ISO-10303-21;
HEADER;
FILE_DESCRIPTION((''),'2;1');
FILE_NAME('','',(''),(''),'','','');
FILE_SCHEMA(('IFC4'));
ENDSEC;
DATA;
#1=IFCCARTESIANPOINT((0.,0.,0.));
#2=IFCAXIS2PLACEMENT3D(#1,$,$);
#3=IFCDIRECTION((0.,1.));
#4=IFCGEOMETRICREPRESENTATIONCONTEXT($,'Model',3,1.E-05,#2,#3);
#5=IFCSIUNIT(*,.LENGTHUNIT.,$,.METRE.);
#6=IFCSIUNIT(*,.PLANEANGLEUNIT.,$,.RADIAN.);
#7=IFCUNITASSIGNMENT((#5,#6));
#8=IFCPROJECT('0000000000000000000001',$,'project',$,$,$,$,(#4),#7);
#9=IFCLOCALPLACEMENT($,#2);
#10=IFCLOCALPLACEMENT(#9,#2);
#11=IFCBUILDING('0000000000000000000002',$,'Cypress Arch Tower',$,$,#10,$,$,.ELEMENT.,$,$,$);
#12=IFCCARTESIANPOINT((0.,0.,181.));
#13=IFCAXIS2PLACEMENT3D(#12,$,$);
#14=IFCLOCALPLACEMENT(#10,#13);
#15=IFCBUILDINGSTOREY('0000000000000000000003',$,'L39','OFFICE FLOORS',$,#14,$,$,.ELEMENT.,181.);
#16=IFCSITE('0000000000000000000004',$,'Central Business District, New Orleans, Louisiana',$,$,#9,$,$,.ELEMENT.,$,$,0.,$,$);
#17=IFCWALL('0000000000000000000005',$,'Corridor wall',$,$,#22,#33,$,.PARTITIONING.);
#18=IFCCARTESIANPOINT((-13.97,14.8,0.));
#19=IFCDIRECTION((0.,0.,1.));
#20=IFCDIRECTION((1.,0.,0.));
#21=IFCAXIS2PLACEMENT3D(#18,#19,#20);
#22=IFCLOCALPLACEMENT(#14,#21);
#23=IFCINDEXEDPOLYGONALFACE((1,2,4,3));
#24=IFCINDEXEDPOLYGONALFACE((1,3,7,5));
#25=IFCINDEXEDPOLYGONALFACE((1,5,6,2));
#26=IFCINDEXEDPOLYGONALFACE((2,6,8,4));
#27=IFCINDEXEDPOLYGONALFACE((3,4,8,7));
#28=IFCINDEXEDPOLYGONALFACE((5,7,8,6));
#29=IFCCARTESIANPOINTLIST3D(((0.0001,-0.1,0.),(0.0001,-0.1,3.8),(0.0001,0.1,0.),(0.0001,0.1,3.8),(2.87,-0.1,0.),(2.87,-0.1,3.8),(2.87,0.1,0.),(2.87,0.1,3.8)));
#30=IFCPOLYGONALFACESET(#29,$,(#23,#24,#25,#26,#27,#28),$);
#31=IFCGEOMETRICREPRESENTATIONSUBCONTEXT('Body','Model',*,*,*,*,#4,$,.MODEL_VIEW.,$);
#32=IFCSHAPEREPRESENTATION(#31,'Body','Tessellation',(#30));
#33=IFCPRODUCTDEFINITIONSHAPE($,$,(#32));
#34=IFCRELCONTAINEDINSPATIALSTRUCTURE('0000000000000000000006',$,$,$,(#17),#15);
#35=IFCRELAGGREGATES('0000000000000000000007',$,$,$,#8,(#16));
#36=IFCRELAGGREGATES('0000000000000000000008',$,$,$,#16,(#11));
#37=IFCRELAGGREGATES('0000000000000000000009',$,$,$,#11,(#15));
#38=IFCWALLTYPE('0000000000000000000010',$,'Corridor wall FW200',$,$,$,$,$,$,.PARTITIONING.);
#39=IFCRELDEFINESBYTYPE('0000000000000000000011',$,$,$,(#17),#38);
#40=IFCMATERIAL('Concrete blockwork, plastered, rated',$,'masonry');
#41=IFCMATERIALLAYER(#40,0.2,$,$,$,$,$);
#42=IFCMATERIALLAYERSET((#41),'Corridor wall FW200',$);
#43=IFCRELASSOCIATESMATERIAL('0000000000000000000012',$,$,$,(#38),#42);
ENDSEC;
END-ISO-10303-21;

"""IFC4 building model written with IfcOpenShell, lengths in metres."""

from ifc_helpers import new_model, si_unit, direction, frame, frame_2d, origin, place, context, subcontext, project, spatial, rectangle, extrude, material, layer, layer_set, type_object, element, save


model = new_model("IFC4")

# Units and contexts
model_context = context("Model", 3, precision=1e-05, world=origin(), true_north=direction((0.0, 1.0)))
body_context = subcontext(model_context, "Body", "Model", "MODEL_VIEW")
ifc_project = project(units=[si_unit("LENGTHUNIT", "METRE"), si_unit("PLANEANGLEUNIT", "RADIAN")], contexts=[model_context])

# Site, building, storey
site_placement = place(None, origin())
site = spatial("IfcSite", under=ifc_project, at=site_placement, Name="Central Business District, New Orleans, Louisiana", CompositionType="ELEMENT", RefElevation=0.0)
building_placement = place(site_placement, origin())
building = spatial("IfcBuilding", under=site, at=building_placement, Name="Cypress Arch Tower", CompositionType="ELEMENT")
storey_placement = place(building_placement, frame((0.0, 0.0, 181.0)))
storey = spatial("IfcBuildingStorey", under=building, at=storey_placement, Name="L39", Description="OFFICE FLOORS", CompositionType="ELEMENT", Elevation=181.0)

# Wall
ifc_material_1 = material(Name="Concrete blockwork, plastered, rated", Category="masonry")
ifc_layer_1 = layer(ifc_material_1, 0.2)
ifc_layer_set_1 = layer_set([ifc_layer_1], Name="Corridor wall FW200")
wall_type_1 = type_object("IfcWallType", Name="Corridor wall FW200", PredefinedType="PARTITIONING", material=ifc_layer_set_1)
wall_1_placement = place(storey_placement, frame((-13.97, 14.8, 0.0), z_axis=(0.0, 0.0, 1.0), x_axis=(1.0, 0.0, 0.0)))
element("IfcWall", 1, at=wall_1_placement, inside=storey, type_object=wall_type_1, Name="Corridor wall", PredefinedType="PARTITIONING", context=body_context, shape_type="SweptSolid", body=[
    extrude(rectangle(XDim=2.8699, YDim=0.2, at=frame_2d((1.4351, 0.0))), origin(), (0.0, 0.0, 1.0), 3.8),
])

save(model, "model.ifc")
